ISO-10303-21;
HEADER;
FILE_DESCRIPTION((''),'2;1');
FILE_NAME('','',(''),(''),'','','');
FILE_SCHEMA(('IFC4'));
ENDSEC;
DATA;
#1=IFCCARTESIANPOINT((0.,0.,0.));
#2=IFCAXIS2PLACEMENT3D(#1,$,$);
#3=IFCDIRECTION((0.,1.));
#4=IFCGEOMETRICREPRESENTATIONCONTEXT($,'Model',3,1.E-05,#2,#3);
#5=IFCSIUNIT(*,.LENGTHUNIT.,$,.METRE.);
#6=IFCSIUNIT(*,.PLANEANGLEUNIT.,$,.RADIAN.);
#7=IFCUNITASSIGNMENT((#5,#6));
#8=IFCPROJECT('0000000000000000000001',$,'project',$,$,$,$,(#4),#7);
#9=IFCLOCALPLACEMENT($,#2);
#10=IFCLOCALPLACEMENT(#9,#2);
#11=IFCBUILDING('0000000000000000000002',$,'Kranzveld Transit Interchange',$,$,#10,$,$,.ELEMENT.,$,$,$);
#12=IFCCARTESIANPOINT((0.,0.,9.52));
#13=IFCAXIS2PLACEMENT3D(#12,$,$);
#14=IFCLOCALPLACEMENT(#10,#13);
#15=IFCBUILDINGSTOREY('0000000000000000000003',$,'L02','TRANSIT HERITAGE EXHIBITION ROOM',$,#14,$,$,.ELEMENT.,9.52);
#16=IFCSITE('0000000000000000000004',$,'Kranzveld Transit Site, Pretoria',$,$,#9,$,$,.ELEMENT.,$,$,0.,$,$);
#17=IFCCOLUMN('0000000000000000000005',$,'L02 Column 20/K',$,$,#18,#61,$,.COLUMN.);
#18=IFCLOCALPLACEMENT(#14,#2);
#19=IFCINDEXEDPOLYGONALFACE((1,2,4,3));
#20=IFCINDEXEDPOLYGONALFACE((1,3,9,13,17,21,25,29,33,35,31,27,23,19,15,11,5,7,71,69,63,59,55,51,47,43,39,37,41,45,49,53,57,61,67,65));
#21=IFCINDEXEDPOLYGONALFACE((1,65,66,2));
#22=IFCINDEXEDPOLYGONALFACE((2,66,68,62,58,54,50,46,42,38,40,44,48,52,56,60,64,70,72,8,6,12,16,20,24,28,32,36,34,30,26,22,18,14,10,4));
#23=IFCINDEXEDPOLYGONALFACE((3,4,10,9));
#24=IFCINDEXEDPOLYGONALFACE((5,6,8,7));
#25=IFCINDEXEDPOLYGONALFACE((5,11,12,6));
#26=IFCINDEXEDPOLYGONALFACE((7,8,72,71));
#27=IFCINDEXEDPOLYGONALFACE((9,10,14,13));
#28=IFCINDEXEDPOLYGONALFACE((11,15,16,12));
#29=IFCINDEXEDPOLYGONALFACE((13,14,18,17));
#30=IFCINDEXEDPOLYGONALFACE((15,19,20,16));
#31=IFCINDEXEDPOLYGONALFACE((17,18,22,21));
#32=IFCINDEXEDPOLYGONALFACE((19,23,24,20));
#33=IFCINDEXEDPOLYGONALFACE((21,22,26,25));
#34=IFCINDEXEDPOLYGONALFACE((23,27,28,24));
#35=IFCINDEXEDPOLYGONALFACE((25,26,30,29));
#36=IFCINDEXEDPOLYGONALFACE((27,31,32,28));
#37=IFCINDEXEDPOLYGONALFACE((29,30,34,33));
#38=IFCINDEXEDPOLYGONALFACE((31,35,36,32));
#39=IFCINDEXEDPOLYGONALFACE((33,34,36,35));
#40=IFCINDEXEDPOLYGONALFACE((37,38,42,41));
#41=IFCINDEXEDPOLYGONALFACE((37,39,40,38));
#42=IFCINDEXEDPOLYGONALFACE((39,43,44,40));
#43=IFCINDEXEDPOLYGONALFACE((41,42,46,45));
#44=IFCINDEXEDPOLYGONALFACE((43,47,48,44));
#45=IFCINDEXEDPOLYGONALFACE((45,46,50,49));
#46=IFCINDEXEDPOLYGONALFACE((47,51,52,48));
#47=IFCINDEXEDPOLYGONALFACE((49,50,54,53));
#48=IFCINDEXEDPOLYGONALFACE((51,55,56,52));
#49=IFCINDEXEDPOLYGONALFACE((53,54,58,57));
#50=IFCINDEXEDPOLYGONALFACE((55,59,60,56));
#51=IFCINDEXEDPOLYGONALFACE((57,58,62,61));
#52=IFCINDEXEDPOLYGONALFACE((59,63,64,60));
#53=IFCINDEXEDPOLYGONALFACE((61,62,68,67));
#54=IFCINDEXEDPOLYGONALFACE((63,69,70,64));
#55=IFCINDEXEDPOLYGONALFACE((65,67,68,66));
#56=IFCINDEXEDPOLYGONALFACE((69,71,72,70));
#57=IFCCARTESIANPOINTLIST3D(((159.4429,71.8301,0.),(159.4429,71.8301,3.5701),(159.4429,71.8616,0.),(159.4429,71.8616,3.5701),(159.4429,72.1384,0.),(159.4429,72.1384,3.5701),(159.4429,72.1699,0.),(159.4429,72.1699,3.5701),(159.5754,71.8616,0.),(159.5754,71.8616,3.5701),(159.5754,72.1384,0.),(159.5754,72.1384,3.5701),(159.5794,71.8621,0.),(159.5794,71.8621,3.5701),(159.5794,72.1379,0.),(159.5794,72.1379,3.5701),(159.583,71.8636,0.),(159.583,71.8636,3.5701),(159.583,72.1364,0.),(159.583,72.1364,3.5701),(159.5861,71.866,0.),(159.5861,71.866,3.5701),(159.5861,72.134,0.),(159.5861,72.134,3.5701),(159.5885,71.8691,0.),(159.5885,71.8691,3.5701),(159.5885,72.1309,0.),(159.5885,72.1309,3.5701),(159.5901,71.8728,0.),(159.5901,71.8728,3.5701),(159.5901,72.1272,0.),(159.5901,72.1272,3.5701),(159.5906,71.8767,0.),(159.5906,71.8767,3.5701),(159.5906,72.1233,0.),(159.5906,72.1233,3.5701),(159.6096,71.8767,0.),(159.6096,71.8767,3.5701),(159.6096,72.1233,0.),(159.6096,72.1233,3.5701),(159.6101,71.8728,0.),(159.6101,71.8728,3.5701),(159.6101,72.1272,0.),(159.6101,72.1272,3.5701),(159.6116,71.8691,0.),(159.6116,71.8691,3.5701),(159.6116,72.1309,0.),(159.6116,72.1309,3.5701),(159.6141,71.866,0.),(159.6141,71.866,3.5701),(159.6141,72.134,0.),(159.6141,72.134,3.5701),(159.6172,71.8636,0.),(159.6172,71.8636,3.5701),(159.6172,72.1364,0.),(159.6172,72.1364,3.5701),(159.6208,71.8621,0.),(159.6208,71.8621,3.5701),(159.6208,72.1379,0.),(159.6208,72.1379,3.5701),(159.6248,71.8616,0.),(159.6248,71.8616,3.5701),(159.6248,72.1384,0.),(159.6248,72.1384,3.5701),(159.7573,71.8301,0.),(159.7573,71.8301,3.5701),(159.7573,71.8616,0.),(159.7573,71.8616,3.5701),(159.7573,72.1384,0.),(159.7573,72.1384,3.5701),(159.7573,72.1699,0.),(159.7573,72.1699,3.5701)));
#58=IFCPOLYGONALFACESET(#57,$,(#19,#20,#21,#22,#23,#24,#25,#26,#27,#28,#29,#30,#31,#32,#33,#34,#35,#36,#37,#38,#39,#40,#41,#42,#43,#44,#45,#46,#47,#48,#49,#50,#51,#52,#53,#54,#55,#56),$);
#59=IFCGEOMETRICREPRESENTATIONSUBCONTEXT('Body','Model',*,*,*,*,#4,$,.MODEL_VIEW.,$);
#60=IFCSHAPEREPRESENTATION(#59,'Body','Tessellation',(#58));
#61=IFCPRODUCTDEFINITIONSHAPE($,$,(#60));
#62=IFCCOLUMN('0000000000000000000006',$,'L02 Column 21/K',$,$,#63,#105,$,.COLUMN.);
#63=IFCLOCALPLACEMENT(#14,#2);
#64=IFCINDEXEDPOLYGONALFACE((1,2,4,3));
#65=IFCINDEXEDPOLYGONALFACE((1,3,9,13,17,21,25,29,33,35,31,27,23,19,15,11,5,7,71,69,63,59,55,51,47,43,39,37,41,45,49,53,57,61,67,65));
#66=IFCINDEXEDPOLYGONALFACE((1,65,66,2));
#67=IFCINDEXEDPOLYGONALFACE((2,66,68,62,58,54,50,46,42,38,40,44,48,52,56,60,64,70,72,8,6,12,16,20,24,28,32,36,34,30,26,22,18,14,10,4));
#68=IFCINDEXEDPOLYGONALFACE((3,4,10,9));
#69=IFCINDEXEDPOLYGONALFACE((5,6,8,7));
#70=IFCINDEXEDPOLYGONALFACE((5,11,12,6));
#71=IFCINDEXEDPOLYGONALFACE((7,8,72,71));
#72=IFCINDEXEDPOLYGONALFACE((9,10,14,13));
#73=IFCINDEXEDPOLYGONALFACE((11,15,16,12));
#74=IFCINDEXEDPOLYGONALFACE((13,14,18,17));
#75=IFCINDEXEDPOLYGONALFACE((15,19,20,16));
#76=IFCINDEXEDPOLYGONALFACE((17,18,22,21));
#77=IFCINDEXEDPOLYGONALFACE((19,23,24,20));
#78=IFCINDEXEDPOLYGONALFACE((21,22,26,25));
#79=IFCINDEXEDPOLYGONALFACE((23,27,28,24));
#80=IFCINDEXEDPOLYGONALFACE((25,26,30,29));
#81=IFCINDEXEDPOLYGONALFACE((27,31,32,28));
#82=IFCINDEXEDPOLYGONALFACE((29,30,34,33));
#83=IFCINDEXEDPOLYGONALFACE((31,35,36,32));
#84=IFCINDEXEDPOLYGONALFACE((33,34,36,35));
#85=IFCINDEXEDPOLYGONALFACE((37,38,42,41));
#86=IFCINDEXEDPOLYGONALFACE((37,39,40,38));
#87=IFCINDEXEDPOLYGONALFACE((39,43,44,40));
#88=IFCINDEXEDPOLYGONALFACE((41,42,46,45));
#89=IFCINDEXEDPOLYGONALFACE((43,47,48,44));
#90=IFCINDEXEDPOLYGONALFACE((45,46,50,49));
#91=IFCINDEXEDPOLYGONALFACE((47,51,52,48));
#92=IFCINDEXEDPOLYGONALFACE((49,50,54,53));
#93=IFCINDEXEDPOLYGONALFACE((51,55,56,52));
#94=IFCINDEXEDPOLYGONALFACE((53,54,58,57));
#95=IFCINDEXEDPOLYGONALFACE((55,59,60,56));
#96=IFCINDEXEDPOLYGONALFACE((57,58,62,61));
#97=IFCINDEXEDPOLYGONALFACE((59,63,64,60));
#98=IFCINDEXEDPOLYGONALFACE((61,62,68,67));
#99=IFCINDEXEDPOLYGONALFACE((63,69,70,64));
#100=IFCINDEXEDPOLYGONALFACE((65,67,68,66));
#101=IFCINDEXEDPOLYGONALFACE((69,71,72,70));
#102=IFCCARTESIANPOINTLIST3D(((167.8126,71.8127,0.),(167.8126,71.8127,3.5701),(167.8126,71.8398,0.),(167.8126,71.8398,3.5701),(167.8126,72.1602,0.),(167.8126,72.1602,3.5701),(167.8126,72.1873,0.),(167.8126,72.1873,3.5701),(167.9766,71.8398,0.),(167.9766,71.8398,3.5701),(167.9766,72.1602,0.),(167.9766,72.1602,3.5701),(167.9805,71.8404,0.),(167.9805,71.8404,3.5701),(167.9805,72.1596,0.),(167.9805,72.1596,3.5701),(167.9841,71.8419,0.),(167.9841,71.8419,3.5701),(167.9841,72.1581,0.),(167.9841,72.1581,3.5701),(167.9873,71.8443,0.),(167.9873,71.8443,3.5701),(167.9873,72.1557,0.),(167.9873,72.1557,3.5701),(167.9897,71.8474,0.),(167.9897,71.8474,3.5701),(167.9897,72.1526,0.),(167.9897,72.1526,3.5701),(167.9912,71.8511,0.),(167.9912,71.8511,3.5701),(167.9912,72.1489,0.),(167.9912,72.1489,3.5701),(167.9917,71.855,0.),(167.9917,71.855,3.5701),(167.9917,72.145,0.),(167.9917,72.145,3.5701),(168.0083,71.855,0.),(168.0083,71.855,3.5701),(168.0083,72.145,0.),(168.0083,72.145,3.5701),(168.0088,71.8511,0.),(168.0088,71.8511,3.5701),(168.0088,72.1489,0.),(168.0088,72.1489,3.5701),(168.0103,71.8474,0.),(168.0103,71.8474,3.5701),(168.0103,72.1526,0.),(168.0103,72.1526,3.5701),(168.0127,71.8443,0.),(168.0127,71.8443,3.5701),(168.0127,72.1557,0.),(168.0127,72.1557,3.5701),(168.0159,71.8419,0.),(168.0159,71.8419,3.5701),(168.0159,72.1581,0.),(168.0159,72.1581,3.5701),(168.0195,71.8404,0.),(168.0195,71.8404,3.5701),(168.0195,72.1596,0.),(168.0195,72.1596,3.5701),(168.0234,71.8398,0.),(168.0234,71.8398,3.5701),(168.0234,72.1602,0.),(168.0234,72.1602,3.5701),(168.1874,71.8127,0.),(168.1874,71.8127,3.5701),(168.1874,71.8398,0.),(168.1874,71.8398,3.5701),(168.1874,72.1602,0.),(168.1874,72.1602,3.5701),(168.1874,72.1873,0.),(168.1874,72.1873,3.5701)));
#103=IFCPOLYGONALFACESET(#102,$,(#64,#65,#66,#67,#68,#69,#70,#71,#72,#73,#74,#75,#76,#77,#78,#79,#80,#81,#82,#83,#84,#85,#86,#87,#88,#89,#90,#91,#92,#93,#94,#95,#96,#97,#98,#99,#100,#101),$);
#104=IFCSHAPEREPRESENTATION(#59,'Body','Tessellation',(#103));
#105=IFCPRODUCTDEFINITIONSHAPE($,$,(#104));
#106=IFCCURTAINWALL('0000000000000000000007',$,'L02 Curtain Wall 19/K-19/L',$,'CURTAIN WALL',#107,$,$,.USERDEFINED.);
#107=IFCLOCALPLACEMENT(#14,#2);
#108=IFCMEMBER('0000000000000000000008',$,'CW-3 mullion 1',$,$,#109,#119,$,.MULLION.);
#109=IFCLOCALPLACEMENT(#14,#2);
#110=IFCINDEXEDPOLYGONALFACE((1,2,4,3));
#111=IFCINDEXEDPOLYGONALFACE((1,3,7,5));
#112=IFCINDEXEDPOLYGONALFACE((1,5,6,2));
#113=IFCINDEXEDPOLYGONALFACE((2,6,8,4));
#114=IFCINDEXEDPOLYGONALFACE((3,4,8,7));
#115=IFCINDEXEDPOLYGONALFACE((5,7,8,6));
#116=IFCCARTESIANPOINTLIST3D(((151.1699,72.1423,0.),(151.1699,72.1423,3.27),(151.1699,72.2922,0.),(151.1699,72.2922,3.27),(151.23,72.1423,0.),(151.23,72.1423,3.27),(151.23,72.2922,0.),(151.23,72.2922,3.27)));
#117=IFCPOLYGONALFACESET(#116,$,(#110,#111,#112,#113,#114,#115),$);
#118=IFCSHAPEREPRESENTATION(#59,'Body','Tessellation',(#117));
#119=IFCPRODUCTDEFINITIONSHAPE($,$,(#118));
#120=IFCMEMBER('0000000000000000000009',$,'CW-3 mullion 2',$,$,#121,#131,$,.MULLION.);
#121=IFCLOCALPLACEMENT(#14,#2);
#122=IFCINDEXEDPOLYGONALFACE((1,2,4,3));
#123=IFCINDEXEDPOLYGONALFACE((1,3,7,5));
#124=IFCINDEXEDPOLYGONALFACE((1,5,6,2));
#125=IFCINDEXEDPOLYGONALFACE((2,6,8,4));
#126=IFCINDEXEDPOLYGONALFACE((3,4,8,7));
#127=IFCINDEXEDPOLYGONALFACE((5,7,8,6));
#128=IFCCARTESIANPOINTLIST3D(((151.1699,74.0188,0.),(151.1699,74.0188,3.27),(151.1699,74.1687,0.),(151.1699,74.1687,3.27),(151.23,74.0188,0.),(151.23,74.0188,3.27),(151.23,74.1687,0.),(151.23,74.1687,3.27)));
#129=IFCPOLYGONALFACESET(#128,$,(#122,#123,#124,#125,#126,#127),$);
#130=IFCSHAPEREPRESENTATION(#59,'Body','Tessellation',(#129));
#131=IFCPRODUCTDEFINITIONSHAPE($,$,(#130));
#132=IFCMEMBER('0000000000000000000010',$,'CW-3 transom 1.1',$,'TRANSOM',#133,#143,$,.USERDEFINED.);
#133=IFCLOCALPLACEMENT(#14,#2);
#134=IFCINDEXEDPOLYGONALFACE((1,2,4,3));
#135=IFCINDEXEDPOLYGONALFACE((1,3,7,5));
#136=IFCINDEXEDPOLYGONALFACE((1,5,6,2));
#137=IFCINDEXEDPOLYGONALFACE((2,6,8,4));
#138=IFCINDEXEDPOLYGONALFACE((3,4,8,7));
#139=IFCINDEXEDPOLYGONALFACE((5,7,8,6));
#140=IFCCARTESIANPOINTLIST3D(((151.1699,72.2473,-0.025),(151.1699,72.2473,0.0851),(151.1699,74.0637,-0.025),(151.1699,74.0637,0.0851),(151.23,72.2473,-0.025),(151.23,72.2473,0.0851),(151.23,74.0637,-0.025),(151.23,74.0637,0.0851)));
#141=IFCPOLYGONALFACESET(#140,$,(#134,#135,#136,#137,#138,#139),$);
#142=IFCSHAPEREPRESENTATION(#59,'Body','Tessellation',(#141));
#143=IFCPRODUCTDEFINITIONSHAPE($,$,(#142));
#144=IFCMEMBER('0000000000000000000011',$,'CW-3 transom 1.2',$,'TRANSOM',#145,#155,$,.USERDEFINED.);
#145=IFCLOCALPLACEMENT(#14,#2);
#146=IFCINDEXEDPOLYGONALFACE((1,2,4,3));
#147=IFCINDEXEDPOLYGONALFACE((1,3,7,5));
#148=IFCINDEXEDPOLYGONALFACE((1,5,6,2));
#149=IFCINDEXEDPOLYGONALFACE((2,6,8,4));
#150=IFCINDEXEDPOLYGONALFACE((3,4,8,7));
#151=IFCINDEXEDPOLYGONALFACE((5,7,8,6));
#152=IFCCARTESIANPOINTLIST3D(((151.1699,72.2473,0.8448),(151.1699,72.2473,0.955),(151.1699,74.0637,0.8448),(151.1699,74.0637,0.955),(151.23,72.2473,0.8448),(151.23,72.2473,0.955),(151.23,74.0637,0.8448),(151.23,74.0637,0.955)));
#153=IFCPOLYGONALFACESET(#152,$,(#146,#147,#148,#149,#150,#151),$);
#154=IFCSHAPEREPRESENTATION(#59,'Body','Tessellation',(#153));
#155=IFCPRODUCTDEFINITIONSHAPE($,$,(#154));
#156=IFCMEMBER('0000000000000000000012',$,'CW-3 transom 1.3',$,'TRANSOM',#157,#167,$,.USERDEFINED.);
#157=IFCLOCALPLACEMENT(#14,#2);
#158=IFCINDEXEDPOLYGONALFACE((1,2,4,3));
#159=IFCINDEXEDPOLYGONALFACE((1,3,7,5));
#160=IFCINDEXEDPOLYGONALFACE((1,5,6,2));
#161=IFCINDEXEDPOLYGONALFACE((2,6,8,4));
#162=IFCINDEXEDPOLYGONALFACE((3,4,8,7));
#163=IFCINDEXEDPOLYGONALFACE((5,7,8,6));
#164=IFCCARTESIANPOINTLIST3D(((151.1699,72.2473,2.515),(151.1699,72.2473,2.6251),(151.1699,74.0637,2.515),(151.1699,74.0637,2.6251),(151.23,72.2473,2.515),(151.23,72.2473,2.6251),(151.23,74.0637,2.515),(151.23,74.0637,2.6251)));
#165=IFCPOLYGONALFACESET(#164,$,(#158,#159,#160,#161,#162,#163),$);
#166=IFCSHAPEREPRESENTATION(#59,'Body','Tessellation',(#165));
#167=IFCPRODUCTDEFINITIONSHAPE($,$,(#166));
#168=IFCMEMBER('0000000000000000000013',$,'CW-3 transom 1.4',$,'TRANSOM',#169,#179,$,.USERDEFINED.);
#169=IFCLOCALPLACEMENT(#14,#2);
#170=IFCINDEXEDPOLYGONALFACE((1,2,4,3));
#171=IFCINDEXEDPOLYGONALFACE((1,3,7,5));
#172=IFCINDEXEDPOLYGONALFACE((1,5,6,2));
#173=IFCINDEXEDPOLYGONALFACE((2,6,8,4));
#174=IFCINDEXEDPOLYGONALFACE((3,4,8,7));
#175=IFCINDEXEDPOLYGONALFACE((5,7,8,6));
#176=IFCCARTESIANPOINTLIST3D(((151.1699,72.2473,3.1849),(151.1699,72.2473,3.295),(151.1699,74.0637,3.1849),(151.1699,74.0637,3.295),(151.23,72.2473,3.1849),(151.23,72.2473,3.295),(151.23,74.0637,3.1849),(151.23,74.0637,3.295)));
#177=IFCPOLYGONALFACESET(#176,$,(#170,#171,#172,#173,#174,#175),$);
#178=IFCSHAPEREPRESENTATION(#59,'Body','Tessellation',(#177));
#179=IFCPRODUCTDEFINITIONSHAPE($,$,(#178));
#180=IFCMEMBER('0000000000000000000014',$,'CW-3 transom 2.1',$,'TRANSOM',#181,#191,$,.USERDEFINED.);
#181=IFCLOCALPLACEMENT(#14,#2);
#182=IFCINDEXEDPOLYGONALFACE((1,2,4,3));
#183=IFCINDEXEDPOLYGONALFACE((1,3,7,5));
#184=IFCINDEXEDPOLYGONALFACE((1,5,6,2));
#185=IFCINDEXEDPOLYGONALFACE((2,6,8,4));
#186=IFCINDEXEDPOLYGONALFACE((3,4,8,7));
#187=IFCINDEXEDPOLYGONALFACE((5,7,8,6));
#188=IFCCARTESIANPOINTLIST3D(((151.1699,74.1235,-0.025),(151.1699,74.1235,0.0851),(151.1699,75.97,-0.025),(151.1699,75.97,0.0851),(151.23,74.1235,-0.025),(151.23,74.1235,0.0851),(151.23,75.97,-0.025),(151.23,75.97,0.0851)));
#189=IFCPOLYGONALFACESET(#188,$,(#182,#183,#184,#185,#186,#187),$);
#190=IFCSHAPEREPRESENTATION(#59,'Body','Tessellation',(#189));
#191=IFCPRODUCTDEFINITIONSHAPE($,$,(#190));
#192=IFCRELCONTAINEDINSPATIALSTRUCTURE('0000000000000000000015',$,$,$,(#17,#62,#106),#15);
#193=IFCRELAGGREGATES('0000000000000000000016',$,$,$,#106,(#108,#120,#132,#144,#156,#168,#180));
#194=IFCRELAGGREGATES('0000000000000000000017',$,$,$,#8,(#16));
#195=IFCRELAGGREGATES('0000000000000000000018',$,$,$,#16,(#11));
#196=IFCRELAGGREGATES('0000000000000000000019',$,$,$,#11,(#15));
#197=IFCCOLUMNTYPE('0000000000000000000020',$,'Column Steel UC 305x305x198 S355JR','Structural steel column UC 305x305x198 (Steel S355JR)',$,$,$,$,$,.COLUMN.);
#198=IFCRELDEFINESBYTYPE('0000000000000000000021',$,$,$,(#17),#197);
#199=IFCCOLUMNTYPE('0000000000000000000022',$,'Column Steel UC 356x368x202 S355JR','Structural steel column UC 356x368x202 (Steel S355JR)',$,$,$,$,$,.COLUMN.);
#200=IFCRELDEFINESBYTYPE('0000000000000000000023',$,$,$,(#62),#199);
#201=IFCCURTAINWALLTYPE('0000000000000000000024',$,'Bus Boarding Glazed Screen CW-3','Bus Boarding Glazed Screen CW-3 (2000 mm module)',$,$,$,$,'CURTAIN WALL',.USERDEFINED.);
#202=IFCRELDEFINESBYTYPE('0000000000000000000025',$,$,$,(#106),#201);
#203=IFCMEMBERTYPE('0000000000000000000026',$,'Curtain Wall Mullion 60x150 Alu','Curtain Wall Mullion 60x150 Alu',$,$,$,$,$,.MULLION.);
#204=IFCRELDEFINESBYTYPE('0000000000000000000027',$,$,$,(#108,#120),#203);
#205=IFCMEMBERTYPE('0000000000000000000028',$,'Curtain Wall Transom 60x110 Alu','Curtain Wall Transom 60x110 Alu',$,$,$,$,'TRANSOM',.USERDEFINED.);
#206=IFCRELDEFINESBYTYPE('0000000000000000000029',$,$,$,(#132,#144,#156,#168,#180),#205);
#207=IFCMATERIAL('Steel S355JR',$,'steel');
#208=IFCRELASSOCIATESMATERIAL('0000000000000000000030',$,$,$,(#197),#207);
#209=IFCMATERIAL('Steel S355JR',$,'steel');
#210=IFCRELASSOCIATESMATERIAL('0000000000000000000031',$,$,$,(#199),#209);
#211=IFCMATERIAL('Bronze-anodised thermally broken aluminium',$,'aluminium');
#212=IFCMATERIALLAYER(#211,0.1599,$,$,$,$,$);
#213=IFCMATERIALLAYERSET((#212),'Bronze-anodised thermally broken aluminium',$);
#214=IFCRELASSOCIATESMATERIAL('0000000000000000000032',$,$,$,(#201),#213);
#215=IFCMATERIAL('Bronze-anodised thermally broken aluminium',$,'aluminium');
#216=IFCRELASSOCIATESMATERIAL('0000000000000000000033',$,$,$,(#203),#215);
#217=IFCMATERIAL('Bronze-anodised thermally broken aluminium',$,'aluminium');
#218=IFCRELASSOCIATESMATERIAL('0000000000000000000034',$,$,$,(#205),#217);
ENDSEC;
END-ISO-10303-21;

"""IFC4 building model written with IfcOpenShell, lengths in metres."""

from ifc_helpers import new_model, si_unit, direction, frame, origin, origin_2d, place, context, subcontext, project, spatial, rectangle, i_section, extrude, material, layer, layer_set, material_profile, profile_set, type_object, element, aggregate, save


model = new_model("IFC4")

# Units and contexts
model_context = context("Model", 3, precision=1e-05, world=origin(), true_north=direction((0.0, 1.0)))
body_context = subcontext(model_context, "Body", "Model", "MODEL_VIEW")
ifc_project = project(units=[si_unit("LENGTHUNIT", "METRE"), si_unit("PLANEANGLEUNIT", "RADIAN")], contexts=[model_context])

# Site, building, storey
site_placement = place(None, origin())
site = spatial("IfcSite", under=ifc_project, at=site_placement, Name="Kranzveld Transit Site, Pretoria", CompositionType="ELEMENT", RefElevation=0.0)
building_placement = place(site_placement, origin())
building = spatial("IfcBuilding", under=site, at=building_placement, Name="Kranzveld Transit Interchange", CompositionType="ELEMENT")
storey_placement = place(building_placement, frame((0.0, 0.0, 9.52)))
storey = spatial("IfcBuildingStorey", under=building, at=storey_placement, Name="L02", Description="TRANSIT HERITAGE EXHIBITION ROOM", CompositionType="ELEMENT", Elevation=9.52)

# Columns
ifc_material_1 = material(Name="Steel S355JR", Category="steel")
ifc_material_profile_1 = material_profile(ifc_material_1, i_section(OverallWidth=0.3145, OverallDepth=0.3398, WebThickness=0.019, FlangeThickness=0.0315, FilletRadius=0.0151, at=origin_2d()), Name="UC 305x305x198")
ifc_profile_set_1 = profile_set([ifc_material_profile_1], Name="Steel S355JR")
column_type_1 = type_object("IfcColumnType", Name="Column Steel UC 305x305x198 S355JR", Description="Structural steel column UC 305x305x198 (Steel S355JR)", PredefinedType="COLUMN", material=ifc_profile_set_1)
column_1_placement = place(storey_placement, frame((159.6001, 72.0, 0.0), z_axis=(0.0, 0.0, 1.0), x_axis=(1.0, 0.0, 0.0)))
element("IfcColumn", 1, at=column_1_placement, inside=storey, type_object=column_type_1, Name="L02 Column 20/K", PredefinedType="COLUMN", context=body_context, shape_type="SweptSolid", body=[
    extrude(i_section(OverallWidth=0.3145, OverallDepth=0.3398, WebThickness=0.019, FlangeThickness=0.0315, FilletRadius=0.0151, at=origin_2d()), origin(), (0.0, 0.0, 1.0), 3.5701),
])
ifc_material_2 = material(Name="Steel S355JR", Category="steel")
ifc_material_profile_2 = material_profile(ifc_material_2, i_section(OverallWidth=0.3748, OverallDepth=0.3745, WebThickness=0.0166, FlangeThickness=0.0271, FilletRadius=0.0151, at=origin_2d()), Name="UC 356x368x202")
ifc_profile_set_2 = profile_set([ifc_material_profile_2], Name="Steel S355JR")
column_type_2 = type_object("IfcColumnType", Name="Column Steel UC 356x368x202 S355JR", Description="Structural steel column UC 356x368x202 (Steel S355JR)", PredefinedType="COLUMN", material=ifc_profile_set_2)
column_2_placement = place(storey_placement, frame((168.0, 72.0, 0.0), z_axis=(0.0, 0.0, 1.0), x_axis=(1.0, 0.0, 0.0)))
element("IfcColumn", 2, at=column_2_placement, inside=storey, type_object=column_type_2, Name="L02 Column 21/K", PredefinedType="COLUMN", context=body_context, shape_type="SweptSolid", body=[
    extrude(i_section(OverallWidth=0.3748, OverallDepth=0.3745, WebThickness=0.0166, FlangeThickness=0.0271, FilletRadius=0.0151, at=origin_2d()), origin(), (0.0, 0.0, 1.0), 3.5701),
])

# Curtain wall, members
ifc_material_3 = material(Name="Bronze-anodised thermally broken aluminium", Category="aluminium")
ifc_layer_1 = layer(ifc_material_3, 0.1599)
ifc_layer_set_1 = layer_set([ifc_layer_1], Name="Bronze-anodised thermally broken aluminium")
curtain_wall_type = type_object("IfcCurtainWallType", Name="Bus Boarding Glazed Screen CW-3", Description="Bus Boarding Glazed Screen CW-3 (2000 mm module)", ElementType="CURTAIN WALL", PredefinedType="USERDEFINED", material=ifc_layer_set_1)
curtain_wall_placement = place(storey_placement, origin())
curtain_wall = element("IfcCurtainWall", 3, at=curtain_wall_placement, inside=storey, type_object=curtain_wall_type, Name="L02 Curtain Wall 19/K-19/L", ObjectType="CURTAIN WALL", PredefinedType="USERDEFINED")
ifc_material_4 = material(Name="Bronze-anodised thermally broken aluminium", Category="aluminium")
ifc_material_profile_3 = material_profile(ifc_material_4, rectangle(XDim=0.0601, YDim=0.1499, at=origin_2d()), Name="ALU MULLION 60x150")
ifc_profile_set_3 = profile_set([ifc_material_profile_3], Name="Bronze-anodised thermally broken aluminium")
member_type_1 = type_object("IfcMemberType", Name="Curtain Wall Mullion 60x150 Alu", Description="Curtain Wall Mullion 60x150 Alu", PredefinedType="MULLION", material=ifc_profile_set_3)
member_1_placement = place(storey_placement, frame((151.2, 72.2173, 0.0), z_axis=(0.0, 0.0, 1.0), x_axis=(-1.0, 0.0, 0.0)))
member_1 = element("IfcMember", 4, at=member_1_placement, type_object=member_type_1, Name="CW-3 mullion 1", PredefinedType="MULLION", context=body_context, shape_type="SweptSolid", body=[
    extrude(rectangle(XDim=0.0601, YDim=0.1499, at=origin_2d()), origin(), (0.0, 0.0, 1.0), 3.27),
])
member_2_placement = place(storey_placement, frame((151.2, 74.0938, 0.0), z_axis=(0.0, 0.0, 1.0), x_axis=(-1.0, 0.0, 0.0)))
member_2 = element("IfcMember", 5, at=member_2_placement, type_object=member_type_1, Name="CW-3 mullion 2", PredefinedType="MULLION", context=body_context, shape_type="SweptSolid", body=[
    extrude(rectangle(XDim=0.0601, YDim=0.1499, at=origin_2d()), origin(), (0.0, 0.0, 1.0), 3.27),
])
ifc_material_5 = material(Name="Bronze-anodised thermally broken aluminium", Category="aluminium")
ifc_material_profile_4 = material_profile(ifc_material_5, rectangle(XDim=0.0601, YDim=0.1101, at=origin_2d()), Name="ALU TRANSOM 60x110")
ifc_profile_set_4 = profile_set([ifc_material_profile_4], Name="Bronze-anodised thermally broken aluminium")
member_type_2 = type_object("IfcMemberType", Name="Curtain Wall Transom 60x110 Alu", Description="Curtain Wall Transom 60x110 Alu", ElementType="TRANSOM", PredefinedType="USERDEFINED", material=ifc_profile_set_4)
member_3_placement = place(storey_placement, frame((151.2, 72.2473, 0.03), z_axis=(0.0, 1.0, 0.0), x_axis=(-1.0, 0.0, 0.0)))
member_3 = element("IfcMember", 6, at=member_3_placement, type_object=member_type_2, Name="CW-3 transom 1.1", ObjectType="TRANSOM", PredefinedType="USERDEFINED", context=body_context, shape_type="SweptSolid", body=[
    extrude(rectangle(XDim=0.0601, YDim=0.1101, at=origin_2d()), origin(), (0.0, 0.0, 1.0), 1.8164),
])
member_4_placement = place(storey_placement, frame((151.2, 72.2473, 0.8999), z_axis=(0.0, 1.0, 0.0), x_axis=(-1.0, 0.0, 0.0)))
member_4 = element("IfcMember", 7, at=member_4_placement, type_object=member_type_2, Name="CW-3 transom 1.2", ObjectType="TRANSOM", PredefinedType="USERDEFINED", context=body_context, shape_type="SweptSolid", body=[
    extrude(rectangle(XDim=0.0601, YDim=0.1101, at=origin_2d()), origin(), (0.0, 0.0, 1.0), 1.8164),
])
member_5_placement = place(storey_placement, frame((151.2, 72.2473, 2.5701), z_axis=(0.0, 1.0, 0.0), x_axis=(-1.0, 0.0, 0.0)))
member_5 = element("IfcMember", 8, at=member_5_placement, type_object=member_type_2, Name="CW-3 transom 1.3", ObjectType="TRANSOM", PredefinedType="USERDEFINED", context=body_context, shape_type="SweptSolid", body=[
    extrude(rectangle(XDim=0.0601, YDim=0.1101, at=origin_2d()), origin(), (0.0, 0.0, 1.0), 1.8164),
])
member_6_placement = place(storey_placement, frame((151.2, 72.2473, 3.24), z_axis=(0.0, 1.0, 0.0), x_axis=(-1.0, 0.0, 0.0)))
member_6 = element("IfcMember", 9, at=member_6_placement, type_object=member_type_2, Name="CW-3 transom 1.4", ObjectType="TRANSOM", PredefinedType="USERDEFINED", context=body_context, shape_type="SweptSolid", body=[
    extrude(rectangle(XDim=0.0601, YDim=0.1101, at=origin_2d()), origin(), (0.0, 0.0, 1.0), 1.8164),
])
member_7_placement = place(storey_placement, frame((151.2, 74.1235, 0.03), z_axis=(0.0, 1.0, 0.0), x_axis=(-1.0, 0.0, 0.0)))
member_7 = element("IfcMember", 10, at=member_7_placement, type_object=member_type_2, Name="CW-3 transom 2.1", ObjectType="TRANSOM", PredefinedType="USERDEFINED", context=body_context, shape_type="SweptSolid", body=[
    extrude(rectangle(XDim=0.0601, YDim=0.1101, at=origin_2d()), origin(), (0.0, 0.0, 1.0), 1.8464),
])

aggregate(curtain_wall, [member_1, member_2, member_3, member_4, member_5, member_6, member_7])

save(model, "model.ifc")
